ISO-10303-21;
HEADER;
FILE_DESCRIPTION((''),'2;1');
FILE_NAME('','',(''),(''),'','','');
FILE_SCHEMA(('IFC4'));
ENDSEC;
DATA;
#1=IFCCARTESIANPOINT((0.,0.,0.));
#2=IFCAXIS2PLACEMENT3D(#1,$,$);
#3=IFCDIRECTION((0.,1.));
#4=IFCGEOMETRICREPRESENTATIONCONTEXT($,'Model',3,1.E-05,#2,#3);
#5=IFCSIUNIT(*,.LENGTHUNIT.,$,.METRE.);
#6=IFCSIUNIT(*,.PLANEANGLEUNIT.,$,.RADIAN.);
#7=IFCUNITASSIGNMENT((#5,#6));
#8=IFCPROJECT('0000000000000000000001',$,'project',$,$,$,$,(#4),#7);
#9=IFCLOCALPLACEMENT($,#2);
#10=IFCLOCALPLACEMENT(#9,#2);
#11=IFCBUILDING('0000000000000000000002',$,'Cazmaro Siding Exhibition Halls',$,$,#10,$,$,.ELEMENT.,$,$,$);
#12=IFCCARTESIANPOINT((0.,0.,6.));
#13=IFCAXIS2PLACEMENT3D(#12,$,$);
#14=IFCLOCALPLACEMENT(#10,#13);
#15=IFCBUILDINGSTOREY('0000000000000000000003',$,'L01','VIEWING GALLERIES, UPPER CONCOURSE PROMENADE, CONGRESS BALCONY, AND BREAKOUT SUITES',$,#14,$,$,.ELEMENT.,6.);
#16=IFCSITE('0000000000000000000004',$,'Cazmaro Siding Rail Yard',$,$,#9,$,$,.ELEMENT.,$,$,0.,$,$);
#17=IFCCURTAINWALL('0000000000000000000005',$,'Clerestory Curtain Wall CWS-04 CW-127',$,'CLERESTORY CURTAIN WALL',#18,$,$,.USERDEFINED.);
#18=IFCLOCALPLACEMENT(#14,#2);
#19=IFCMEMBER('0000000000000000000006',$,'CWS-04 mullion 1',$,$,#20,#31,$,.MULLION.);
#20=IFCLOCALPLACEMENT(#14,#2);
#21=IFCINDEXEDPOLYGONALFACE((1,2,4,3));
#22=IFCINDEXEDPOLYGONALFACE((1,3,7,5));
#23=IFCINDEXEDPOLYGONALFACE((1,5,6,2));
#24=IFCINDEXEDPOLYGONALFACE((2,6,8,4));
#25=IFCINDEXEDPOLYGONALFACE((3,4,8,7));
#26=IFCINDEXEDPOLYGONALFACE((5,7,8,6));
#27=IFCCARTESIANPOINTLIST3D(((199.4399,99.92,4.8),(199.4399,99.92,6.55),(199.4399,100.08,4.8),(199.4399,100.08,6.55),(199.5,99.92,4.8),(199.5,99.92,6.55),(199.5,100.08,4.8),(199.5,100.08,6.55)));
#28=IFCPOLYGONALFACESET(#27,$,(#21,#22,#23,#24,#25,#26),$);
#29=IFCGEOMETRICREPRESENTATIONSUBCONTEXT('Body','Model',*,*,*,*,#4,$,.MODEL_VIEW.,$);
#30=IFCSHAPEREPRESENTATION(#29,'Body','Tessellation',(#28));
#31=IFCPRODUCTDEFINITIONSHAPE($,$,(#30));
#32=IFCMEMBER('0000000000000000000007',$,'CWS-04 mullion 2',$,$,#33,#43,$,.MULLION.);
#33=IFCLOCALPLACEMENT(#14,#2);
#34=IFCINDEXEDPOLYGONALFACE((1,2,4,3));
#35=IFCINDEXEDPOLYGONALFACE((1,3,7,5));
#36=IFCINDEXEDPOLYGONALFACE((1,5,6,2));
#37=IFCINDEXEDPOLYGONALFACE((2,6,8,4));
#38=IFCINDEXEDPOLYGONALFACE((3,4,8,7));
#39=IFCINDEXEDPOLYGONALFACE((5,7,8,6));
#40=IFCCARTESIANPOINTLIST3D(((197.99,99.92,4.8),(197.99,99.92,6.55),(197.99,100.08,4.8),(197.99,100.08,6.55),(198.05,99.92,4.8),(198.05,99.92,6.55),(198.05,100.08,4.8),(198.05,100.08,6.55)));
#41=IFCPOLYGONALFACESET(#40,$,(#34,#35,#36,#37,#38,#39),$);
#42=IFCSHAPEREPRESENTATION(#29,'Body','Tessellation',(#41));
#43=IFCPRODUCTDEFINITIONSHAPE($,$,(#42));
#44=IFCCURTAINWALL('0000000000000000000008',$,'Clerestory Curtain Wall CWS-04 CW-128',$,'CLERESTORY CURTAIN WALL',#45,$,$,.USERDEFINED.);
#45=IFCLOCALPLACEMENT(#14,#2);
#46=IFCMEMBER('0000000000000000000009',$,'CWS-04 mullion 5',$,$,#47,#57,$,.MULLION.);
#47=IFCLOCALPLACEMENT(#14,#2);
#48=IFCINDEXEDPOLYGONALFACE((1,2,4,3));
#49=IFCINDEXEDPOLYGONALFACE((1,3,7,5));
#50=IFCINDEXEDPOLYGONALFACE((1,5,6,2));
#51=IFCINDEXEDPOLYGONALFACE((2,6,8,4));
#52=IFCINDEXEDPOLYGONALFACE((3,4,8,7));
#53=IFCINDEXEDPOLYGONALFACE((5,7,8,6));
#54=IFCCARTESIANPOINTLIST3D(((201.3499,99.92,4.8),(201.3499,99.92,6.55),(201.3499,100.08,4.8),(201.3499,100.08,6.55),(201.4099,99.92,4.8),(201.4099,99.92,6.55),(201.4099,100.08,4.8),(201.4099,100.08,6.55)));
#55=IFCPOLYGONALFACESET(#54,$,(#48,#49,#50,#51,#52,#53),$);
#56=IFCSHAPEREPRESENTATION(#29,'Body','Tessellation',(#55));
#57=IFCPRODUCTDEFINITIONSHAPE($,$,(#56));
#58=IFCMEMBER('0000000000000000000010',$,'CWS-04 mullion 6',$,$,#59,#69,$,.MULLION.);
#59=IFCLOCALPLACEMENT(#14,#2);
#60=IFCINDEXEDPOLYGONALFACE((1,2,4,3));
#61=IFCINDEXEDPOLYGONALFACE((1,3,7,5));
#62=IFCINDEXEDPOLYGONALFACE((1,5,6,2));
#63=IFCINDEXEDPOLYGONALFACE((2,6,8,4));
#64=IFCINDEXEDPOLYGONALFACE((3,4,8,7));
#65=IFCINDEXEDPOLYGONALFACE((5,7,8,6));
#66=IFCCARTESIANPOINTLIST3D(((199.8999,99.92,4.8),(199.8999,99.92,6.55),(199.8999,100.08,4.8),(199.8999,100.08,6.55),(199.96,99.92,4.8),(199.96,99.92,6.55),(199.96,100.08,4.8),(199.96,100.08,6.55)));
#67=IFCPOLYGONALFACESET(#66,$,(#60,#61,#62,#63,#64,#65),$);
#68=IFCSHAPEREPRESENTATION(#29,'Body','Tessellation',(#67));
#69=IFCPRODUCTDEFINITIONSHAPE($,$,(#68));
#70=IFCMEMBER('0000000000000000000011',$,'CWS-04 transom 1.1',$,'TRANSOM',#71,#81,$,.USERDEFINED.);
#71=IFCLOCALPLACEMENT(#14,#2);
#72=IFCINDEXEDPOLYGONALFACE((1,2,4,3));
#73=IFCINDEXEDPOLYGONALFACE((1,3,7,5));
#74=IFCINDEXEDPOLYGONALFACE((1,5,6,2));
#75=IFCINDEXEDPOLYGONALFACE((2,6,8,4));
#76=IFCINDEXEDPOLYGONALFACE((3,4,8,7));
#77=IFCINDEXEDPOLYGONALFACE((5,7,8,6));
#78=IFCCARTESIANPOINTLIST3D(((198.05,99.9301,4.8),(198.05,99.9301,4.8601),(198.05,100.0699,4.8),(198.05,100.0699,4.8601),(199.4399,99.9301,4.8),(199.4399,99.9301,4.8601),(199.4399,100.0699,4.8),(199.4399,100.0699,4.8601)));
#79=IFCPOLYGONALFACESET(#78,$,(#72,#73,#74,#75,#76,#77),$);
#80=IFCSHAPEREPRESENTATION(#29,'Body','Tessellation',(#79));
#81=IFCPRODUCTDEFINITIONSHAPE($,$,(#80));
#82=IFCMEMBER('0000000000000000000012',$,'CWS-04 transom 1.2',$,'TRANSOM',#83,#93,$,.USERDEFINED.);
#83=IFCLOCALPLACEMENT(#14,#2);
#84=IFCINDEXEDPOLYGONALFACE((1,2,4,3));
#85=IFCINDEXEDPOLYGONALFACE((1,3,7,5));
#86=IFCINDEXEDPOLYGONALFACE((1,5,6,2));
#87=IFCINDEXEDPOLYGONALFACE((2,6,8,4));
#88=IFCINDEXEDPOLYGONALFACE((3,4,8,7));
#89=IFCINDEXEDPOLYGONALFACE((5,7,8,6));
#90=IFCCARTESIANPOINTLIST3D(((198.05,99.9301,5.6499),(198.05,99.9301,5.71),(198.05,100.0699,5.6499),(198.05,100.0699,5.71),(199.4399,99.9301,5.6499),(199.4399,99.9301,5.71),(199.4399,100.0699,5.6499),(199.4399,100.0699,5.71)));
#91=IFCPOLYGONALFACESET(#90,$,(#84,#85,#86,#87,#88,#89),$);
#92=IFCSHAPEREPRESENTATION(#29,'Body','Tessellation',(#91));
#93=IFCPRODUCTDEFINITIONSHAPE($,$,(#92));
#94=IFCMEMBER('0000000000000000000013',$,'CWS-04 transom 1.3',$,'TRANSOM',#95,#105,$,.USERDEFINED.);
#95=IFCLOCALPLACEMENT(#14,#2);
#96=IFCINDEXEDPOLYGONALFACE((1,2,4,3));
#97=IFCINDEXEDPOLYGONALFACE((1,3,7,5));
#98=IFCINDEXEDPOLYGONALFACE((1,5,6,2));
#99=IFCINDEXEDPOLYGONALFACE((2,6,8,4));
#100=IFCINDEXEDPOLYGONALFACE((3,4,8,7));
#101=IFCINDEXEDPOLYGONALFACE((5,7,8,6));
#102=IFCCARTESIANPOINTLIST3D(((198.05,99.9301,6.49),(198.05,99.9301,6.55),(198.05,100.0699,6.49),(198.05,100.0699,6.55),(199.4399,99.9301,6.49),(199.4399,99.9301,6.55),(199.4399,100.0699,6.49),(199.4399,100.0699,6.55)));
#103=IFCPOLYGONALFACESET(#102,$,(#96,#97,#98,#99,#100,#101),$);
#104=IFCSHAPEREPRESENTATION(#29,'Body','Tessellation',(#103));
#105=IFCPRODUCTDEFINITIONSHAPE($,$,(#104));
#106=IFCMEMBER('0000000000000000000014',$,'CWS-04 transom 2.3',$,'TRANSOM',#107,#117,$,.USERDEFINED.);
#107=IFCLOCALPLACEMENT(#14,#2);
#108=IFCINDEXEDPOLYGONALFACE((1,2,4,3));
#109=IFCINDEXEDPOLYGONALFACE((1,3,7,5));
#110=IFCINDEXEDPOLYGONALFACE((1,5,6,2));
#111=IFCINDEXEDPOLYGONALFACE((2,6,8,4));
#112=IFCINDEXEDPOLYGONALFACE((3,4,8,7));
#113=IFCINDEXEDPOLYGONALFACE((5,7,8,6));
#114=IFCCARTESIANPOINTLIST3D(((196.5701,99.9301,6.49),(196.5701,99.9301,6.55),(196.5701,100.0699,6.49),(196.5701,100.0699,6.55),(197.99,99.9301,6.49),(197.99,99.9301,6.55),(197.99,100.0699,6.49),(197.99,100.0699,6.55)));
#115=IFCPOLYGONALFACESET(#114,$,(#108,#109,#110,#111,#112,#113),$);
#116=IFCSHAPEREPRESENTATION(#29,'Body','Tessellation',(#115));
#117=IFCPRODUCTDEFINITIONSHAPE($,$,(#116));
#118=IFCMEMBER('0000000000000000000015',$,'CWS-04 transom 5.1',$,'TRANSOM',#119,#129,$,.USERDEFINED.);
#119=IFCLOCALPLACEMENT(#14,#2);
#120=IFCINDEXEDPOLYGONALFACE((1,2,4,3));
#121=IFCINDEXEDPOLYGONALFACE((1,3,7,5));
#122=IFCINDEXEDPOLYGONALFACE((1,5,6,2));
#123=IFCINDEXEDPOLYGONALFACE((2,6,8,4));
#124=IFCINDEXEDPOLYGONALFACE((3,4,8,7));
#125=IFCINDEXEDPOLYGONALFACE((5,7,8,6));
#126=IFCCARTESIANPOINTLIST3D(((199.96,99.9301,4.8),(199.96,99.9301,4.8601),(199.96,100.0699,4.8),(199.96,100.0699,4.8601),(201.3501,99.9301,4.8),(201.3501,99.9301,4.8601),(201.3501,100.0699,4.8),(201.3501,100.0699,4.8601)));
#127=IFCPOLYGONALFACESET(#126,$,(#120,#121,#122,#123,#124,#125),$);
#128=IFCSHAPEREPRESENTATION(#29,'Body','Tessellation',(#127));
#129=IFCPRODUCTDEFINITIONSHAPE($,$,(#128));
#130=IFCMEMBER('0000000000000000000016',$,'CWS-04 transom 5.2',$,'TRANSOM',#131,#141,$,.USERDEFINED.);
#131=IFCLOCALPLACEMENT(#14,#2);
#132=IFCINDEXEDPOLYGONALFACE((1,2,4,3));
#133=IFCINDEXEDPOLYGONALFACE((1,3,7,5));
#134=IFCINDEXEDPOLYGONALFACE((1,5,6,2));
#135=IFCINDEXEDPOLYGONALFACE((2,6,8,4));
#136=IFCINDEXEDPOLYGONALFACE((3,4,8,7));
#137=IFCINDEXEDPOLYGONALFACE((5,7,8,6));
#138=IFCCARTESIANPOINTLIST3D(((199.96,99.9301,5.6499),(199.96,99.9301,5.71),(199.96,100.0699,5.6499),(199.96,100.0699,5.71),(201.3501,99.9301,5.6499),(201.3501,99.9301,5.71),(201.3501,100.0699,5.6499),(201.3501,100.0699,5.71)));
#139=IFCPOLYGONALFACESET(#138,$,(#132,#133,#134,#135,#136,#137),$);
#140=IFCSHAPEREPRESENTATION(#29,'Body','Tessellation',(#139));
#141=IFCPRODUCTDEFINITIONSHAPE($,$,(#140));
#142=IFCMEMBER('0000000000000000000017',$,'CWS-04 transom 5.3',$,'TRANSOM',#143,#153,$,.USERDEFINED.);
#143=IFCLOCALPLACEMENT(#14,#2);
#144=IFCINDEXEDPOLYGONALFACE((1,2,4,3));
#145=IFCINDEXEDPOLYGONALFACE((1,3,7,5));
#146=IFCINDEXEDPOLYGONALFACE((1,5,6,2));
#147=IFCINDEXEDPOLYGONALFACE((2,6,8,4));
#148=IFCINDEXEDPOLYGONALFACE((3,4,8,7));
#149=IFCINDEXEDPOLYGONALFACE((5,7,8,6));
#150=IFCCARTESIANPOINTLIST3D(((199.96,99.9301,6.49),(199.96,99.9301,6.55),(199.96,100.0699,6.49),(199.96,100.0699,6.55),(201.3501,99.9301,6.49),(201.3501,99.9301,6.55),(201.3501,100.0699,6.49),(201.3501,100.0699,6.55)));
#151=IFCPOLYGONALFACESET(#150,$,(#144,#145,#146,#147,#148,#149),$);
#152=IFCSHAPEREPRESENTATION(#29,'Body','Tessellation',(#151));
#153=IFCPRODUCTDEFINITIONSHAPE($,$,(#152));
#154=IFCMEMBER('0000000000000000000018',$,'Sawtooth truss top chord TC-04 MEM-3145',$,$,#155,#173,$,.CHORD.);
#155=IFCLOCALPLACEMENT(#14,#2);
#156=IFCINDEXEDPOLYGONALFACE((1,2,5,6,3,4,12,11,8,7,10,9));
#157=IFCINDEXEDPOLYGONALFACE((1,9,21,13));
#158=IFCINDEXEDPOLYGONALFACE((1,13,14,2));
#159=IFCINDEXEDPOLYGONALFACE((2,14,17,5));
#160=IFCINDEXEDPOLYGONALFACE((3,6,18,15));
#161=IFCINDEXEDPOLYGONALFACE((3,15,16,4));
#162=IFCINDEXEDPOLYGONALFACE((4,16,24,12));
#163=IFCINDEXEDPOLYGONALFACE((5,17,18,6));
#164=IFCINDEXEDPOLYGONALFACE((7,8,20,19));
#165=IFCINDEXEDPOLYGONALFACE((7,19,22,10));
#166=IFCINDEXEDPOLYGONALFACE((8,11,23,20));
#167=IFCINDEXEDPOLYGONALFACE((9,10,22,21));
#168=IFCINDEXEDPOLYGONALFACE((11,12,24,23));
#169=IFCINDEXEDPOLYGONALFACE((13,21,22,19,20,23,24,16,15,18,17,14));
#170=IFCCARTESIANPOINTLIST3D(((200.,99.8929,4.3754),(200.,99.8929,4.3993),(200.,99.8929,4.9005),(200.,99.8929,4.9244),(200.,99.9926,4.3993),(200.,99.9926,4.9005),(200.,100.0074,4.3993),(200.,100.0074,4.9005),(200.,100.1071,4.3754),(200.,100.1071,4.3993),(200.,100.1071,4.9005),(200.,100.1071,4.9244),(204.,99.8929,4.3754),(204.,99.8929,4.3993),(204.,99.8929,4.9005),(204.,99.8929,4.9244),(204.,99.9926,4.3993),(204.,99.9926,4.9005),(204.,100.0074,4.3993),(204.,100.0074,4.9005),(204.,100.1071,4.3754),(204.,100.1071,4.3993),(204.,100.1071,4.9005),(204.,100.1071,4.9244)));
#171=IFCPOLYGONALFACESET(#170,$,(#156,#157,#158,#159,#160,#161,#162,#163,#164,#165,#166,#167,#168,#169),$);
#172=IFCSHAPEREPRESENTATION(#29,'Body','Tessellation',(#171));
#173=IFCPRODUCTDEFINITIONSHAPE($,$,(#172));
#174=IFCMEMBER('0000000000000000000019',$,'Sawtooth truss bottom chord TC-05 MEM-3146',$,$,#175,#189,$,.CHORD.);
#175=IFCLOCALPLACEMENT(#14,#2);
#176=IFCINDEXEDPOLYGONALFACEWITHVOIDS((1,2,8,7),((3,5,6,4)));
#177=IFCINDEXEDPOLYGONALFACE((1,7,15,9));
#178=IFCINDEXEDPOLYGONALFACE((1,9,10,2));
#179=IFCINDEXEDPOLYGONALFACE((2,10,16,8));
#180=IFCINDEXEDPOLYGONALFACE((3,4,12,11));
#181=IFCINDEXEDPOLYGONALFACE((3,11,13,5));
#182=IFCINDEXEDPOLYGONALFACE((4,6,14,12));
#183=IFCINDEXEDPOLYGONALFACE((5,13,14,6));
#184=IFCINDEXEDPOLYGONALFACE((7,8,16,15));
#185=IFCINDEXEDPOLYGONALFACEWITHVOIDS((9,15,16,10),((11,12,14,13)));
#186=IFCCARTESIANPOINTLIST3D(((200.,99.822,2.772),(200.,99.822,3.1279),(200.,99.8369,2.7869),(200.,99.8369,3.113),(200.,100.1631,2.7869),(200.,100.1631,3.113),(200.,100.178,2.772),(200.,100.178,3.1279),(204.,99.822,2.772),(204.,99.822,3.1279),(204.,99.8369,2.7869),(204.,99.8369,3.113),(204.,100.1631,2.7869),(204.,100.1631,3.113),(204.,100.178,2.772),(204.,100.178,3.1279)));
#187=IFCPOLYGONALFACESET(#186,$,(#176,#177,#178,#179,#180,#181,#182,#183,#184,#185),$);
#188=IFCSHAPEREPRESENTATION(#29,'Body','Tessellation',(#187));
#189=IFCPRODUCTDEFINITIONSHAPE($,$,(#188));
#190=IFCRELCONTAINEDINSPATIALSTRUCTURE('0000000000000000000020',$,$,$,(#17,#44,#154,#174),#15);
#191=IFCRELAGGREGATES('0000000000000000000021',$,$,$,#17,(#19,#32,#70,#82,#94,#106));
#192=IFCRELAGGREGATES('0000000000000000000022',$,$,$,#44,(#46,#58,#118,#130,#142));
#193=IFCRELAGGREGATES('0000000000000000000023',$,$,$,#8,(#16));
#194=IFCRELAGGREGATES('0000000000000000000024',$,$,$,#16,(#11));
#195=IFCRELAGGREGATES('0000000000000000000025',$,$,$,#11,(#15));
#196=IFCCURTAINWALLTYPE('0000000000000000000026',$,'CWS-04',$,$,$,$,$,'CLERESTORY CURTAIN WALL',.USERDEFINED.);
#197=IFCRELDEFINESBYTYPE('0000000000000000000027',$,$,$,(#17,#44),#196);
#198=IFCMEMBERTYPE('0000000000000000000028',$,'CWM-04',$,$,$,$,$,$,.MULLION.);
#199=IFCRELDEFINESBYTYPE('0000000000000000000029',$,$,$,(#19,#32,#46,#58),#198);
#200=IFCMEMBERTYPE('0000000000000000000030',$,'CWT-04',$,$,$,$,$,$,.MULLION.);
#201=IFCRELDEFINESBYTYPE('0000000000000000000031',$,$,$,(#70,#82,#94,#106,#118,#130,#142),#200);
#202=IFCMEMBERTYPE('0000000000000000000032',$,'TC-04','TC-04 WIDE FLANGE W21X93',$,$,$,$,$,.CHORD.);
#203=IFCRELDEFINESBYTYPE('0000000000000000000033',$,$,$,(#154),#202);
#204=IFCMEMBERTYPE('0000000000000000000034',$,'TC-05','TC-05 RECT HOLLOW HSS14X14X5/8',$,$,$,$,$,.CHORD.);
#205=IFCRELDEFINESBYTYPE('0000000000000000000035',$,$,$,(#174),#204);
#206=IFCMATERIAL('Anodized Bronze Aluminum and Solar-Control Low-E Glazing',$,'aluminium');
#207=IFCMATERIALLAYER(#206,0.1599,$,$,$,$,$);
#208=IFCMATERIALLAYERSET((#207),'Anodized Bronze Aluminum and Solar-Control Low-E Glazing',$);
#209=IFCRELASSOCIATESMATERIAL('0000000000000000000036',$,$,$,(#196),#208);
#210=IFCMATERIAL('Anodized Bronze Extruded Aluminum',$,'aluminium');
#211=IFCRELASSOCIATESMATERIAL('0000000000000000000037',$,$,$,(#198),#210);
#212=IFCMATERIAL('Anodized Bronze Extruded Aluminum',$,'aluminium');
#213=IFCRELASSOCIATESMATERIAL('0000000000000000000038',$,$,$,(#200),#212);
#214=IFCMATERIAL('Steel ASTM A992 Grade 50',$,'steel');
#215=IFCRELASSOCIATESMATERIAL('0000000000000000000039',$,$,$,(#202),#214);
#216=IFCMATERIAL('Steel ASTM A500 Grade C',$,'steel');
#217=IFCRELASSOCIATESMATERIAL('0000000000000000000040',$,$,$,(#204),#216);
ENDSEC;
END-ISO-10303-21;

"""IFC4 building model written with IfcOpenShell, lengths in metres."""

from ifc_helpers import new_model, si_unit, direction, frame, origin, origin_2d, place, context, subcontext, project, spatial, rectangle, hollow_rectangle, i_section, extrude, material, layer, layer_set, material_profile, profile_set, type_object, element, aggregate, save


model = new_model("IFC4")

# Units and contexts
model_context = context("Model", 3, precision=1e-05, world=origin(), true_north=direction((0.0, 1.0)))
body_context = subcontext(model_context, "Body", "Model", "MODEL_VIEW")
ifc_project = project(units=[si_unit("LENGTHUNIT", "METRE"), si_unit("PLANEANGLEUNIT", "RADIAN")], contexts=[model_context])

# Site, building, storey
site_placement = place(None, origin())
site = spatial("IfcSite", under=ifc_project, at=site_placement, Name="Cazmaro Siding Rail Yard", CompositionType="ELEMENT", RefElevation=0.0)
building_placement = place(site_placement, origin())
building = spatial("IfcBuilding", under=site, at=building_placement, Name="Cazmaro Siding Exhibition Halls", CompositionType="ELEMENT")
storey_placement = place(building_placement, frame((0.0, 0.0, 6.0)))
storey = spatial("IfcBuildingStorey", under=building, at=storey_placement, Name="L01", Description="VIEWING GALLERIES, UPPER CONCOURSE PROMENADE, CONGRESS BALCONY, AND BREAKOUT SUITES", CompositionType="ELEMENT", Elevation=6.0)

# Curtain walls, members
ifc_material_1 = material(Name="Anodized Bronze Aluminum and Solar-Control Low-E Glazing", Category="aluminium")
ifc_layer_1 = layer(ifc_material_1, 0.1599)
ifc_layer_set_1 = layer_set([ifc_layer_1], Name="Anodized Bronze Aluminum and Solar-Control Low-E Glazing")
curtain_wall_type = type_object("IfcCurtainWallType", Name="CWS-04", ElementType="CLERESTORY CURTAIN WALL", PredefinedType="USERDEFINED", material=ifc_layer_set_1)
curtain_wall_1_placement = place(storey_placement, origin())
curtain_wall_1 = element("IfcCurtainWall", 1, at=curtain_wall_1_placement, inside=storey, type_object=curtain_wall_type, Name="Clerestory Curtain Wall CWS-04 CW-127", ObjectType="CLERESTORY CURTAIN WALL", PredefinedType="USERDEFINED")
ifc_material_2 = material(Name="Anodized Bronze Extruded Aluminum", Category="aluminium")
ifc_material_profile_1 = material_profile(ifc_material_2, rectangle(XDim=0.1599, YDim=0.0601, at=origin_2d()), Name="CWM-04")
ifc_profile_set_1 = profile_set([ifc_material_profile_1], Name="Anodized Bronze Extruded Aluminum")
member_type_1 = type_object("IfcMemberType", Name="CWM-04", PredefinedType="MULLION", material=ifc_profile_set_1)
member_1_placement = place(storey_placement, frame((199.47, 100.0, 4.8), z_axis=(0.0, 0.0, 1.0), x_axis=(0.0, -1.0, 0.0)))
member_1 = element("IfcMember", 2, at=member_1_placement, type_object=member_type_1, Name="CWS-04 mullion 1", PredefinedType="MULLION", context=body_context, shape_type="SweptSolid", body=[
    extrude(rectangle(XDim=0.1599, YDim=0.0601, at=origin_2d()), origin(), (0.0, 0.0, 1.0), 1.75),
])
member_2_placement = place(storey_placement, frame((198.02, 100.0, 4.8), z_axis=(0.0, 0.0, 1.0), x_axis=(0.0, -1.0, 0.0)))
member_2 = element("IfcMember", 3, at=member_2_placement, type_object=member_type_1, Name="CWS-04 mullion 2", PredefinedType="MULLION", context=body_context, shape_type="SweptSolid", body=[
    extrude(rectangle(XDim=0.1599, YDim=0.0601, at=origin_2d()), origin(), (0.0, 0.0, 1.0), 1.75),
])
curtain_wall_2_placement = place(storey_placement, origin())
curtain_wall_2 = element("IfcCurtainWall", 4, at=curtain_wall_2_placement, inside=storey, type_object=curtain_wall_type, Name="Clerestory Curtain Wall CWS-04 CW-128", ObjectType="CLERESTORY CURTAIN WALL", PredefinedType="USERDEFINED")
member_3_placement = place(storey_placement, frame((201.3799, 100.0, 4.8), z_axis=(0.0, 0.0, 1.0), x_axis=(0.0, -1.0, 0.0)))
member_3 = element("IfcMember", 5, at=member_3_placement, type_object=member_type_1, Name="CWS-04 mullion 5", PredefinedType="MULLION", context=body_context, shape_type="SweptSolid", body=[
    extrude(rectangle(XDim=0.1599, YDim=0.0601, at=origin_2d()), origin(), (0.0, 0.0, 1.0), 1.75),
])
member_4_placement = place(storey_placement, frame((199.9299, 100.0, 4.8), z_axis=(0.0, 0.0, 1.0), x_axis=(0.0, -1.0, 0.0)))
member_4 = element("IfcMember", 6, at=member_4_placement, type_object=member_type_1, Name="CWS-04 mullion 6", PredefinedType="MULLION", context=body_context, shape_type="SweptSolid", body=[
    extrude(rectangle(XDim=0.1599, YDim=0.0601, at=origin_2d()), origin(), (0.0, 0.0, 1.0), 1.75),
])

# Members
ifc_material_3 = material(Name="Anodized Bronze Extruded Aluminum", Category="aluminium")
ifc_material_profile_2 = material_profile(ifc_material_3, rectangle(XDim=0.1399, YDim=0.0601, at=origin_2d()), Name="CWT-04")
ifc_profile_set_2 = profile_set([ifc_material_profile_2], Name="Anodized Bronze Extruded Aluminum")
member_type_2 = type_object("IfcMemberType", Name="CWT-04", PredefinedType="MULLION", material=ifc_profile_set_2)
member_5_placement = place(storey_placement, frame((199.4399, 100.0, 4.8301), z_axis=(-1.0, 0.0, 0.0), x_axis=(0.0, -1.0, 0.0)))
member_5 = element("IfcMember", 7, at=member_5_placement, type_object=member_type_2, Name="CWS-04 transom 1.1", ObjectType="TRANSOM", PredefinedType="USERDEFINED", context=body_context, shape_type="SweptSolid", body=[
    extrude(rectangle(XDim=0.1399, YDim=0.0601, at=origin_2d()), origin(), (0.0, 0.0, 1.0), 1.3899),
])
member_6_placement = place(storey_placement, frame((199.4399, 100.0, 5.6799), z_axis=(-1.0, 0.0, 0.0), x_axis=(0.0, -1.0, 0.0)))
member_6 = element("IfcMember", 8, at=member_6_placement, type_object=member_type_2, Name="CWS-04 transom 1.2", ObjectType="TRANSOM", PredefinedType="USERDEFINED", context=body_context, shape_type="SweptSolid", body=[
    extrude(rectangle(XDim=0.1399, YDim=0.0601, at=origin_2d()), origin(), (0.0, 0.0, 1.0), 1.3899),
])
member_7_placement = place(storey_placement, frame((199.4399, 100.0, 6.52), z_axis=(-1.0, 0.0, 0.0), x_axis=(0.0, -1.0, 0.0)))
member_7 = element("IfcMember", 9, at=member_7_placement, type_object=member_type_2, Name="CWS-04 transom 1.3", ObjectType="TRANSOM", PredefinedType="USERDEFINED", context=body_context, shape_type="SweptSolid", body=[
    extrude(rectangle(XDim=0.1399, YDim=0.0601, at=origin_2d()), origin(), (0.0, 0.0, 1.0), 1.3899),
])
member_8_placement = place(storey_placement, frame((197.99, 100.0, 6.52), z_axis=(-1.0, 0.0, 0.0), x_axis=(0.0, -1.0, 0.0)))
member_8 = element("IfcMember", 10, at=member_8_placement, type_object=member_type_2, Name="CWS-04 transom 2.3", ObjectType="TRANSOM", PredefinedType="USERDEFINED", context=body_context, shape_type="SweptSolid", body=[
    extrude(rectangle(XDim=0.1399, YDim=0.0601, at=origin_2d()), origin(), (0.0, 0.0, 1.0), 1.4199),
])
member_9_placement = place(storey_placement, frame((201.3501, 100.0, 4.8301), z_axis=(-1.0, 0.0, 0.0), x_axis=(0.0, -1.0, 0.0)))
member_9 = element("IfcMember", 11, at=member_9_placement, type_object=member_type_2, Name="CWS-04 transom 5.1", ObjectType="TRANSOM", PredefinedType="USERDEFINED", context=body_context, shape_type="SweptSolid", body=[
    extrude(rectangle(XDim=0.1399, YDim=0.0601, at=origin_2d()), origin(), (0.0, 0.0, 1.0), 1.3901),
])
member_10_placement = place(storey_placement, frame((201.3501, 100.0, 5.6799), z_axis=(-1.0, 0.0, 0.0), x_axis=(0.0, -1.0, 0.0)))
member_10 = element("IfcMember", 12, at=member_10_placement, type_object=member_type_2, Name="CWS-04 transom 5.2", ObjectType="TRANSOM", PredefinedType="USERDEFINED", context=body_context, shape_type="SweptSolid", body=[
    extrude(rectangle(XDim=0.1399, YDim=0.0601, at=origin_2d()), origin(), (0.0, 0.0, 1.0), 1.3901),
])
member_11_placement = place(storey_placement, frame((201.3501, 100.0, 6.52), z_axis=(-1.0, 0.0, 0.0), x_axis=(0.0, -1.0, 0.0)))
member_11 = element("IfcMember", 13, at=member_11_placement, type_object=member_type_2, Name="CWS-04 transom 5.3", ObjectType="TRANSOM", PredefinedType="USERDEFINED", context=body_context, shape_type="SweptSolid", body=[
    extrude(rectangle(XDim=0.1399, YDim=0.0601, at=origin_2d()), origin(), (0.0, 0.0, 1.0), 1.3901),
])

# Members
ifc_material_4 = material(Name="Steel ASTM A992 Grade 50", Category="steel")
ifc_material_profile_3 = material_profile(ifc_material_4, i_section(OverallWidth=0.2141, OverallDepth=0.5491, WebThickness=0.0149, FlangeThickness=0.0239, at=origin_2d()), Name="W21X93")
ifc_profile_set_3 = profile_set([ifc_material_profile_3], Name="Steel ASTM A992 Grade 50")
member_type_3 = type_object("IfcMemberType", Name="TC-04", Description="TC-04 WIDE FLANGE W21X93", PredefinedType="CHORD", material=ifc_profile_set_3)
member_12_placement = place(storey_placement, frame((200.0, 100.0, 4.6499), z_axis=(1.0, 0.0, 0.0), x_axis=(0.0, 1.0, 0.0)))
element("IfcMember", 14, at=member_12_placement, inside=storey, type_object=member_type_3, Name="Sawtooth truss top chord TC-04 MEM-3145", PredefinedType="CHORD", context=body_context, shape_type="SweptSolid", body=[
    extrude(i_section(OverallWidth=0.2141, OverallDepth=0.5491, WebThickness=0.0149, FlangeThickness=0.0239, at=origin_2d()), origin(), (0.0, 0.0, 1.0), 4.0),
])
ifc_material_5 = material(Name="Steel ASTM A500 Grade C", Category="steel")
ifc_material_profile_4 = material_profile(ifc_material_5, hollow_rectangle(XDim=0.356, YDim=0.356, WallThickness=0.0149, at=origin_2d()), Name="HSS14X14X5/8")
ifc_profile_set_4 = profile_set([ifc_material_profile_4], Name="Steel ASTM A500 Grade C")
member_type_4 = type_object("IfcMemberType", Name="TC-05", Description="TC-05 RECT HOLLOW HSS14X14X5/8", PredefinedType="CHORD", material=ifc_profile_set_4)
member_13_placement = place(storey_placement, frame((200.0, 100.0, 2.95), z_axis=(1.0, 0.0, 0.0), x_axis=(0.0, 1.0, 0.0)))
element("IfcMember", 15, at=member_13_placement, inside=storey, type_object=member_type_4, Name="Sawtooth truss bottom chord TC-05 MEM-3146", PredefinedType="CHORD", context=body_context, shape_type="SweptSolid", body=[
    extrude(hollow_rectangle(XDim=0.356, YDim=0.356, WallThickness=0.0149, at=origin_2d()), origin(), (0.0, 0.0, 1.0), 4.0),
])

aggregate(curtain_wall_1, [member_1, member_2, member_5, member_6, member_7, member_8])
aggregate(curtain_wall_2, [member_3, member_4, member_9, member_10, member_11])

save(model, "model.ifc")
